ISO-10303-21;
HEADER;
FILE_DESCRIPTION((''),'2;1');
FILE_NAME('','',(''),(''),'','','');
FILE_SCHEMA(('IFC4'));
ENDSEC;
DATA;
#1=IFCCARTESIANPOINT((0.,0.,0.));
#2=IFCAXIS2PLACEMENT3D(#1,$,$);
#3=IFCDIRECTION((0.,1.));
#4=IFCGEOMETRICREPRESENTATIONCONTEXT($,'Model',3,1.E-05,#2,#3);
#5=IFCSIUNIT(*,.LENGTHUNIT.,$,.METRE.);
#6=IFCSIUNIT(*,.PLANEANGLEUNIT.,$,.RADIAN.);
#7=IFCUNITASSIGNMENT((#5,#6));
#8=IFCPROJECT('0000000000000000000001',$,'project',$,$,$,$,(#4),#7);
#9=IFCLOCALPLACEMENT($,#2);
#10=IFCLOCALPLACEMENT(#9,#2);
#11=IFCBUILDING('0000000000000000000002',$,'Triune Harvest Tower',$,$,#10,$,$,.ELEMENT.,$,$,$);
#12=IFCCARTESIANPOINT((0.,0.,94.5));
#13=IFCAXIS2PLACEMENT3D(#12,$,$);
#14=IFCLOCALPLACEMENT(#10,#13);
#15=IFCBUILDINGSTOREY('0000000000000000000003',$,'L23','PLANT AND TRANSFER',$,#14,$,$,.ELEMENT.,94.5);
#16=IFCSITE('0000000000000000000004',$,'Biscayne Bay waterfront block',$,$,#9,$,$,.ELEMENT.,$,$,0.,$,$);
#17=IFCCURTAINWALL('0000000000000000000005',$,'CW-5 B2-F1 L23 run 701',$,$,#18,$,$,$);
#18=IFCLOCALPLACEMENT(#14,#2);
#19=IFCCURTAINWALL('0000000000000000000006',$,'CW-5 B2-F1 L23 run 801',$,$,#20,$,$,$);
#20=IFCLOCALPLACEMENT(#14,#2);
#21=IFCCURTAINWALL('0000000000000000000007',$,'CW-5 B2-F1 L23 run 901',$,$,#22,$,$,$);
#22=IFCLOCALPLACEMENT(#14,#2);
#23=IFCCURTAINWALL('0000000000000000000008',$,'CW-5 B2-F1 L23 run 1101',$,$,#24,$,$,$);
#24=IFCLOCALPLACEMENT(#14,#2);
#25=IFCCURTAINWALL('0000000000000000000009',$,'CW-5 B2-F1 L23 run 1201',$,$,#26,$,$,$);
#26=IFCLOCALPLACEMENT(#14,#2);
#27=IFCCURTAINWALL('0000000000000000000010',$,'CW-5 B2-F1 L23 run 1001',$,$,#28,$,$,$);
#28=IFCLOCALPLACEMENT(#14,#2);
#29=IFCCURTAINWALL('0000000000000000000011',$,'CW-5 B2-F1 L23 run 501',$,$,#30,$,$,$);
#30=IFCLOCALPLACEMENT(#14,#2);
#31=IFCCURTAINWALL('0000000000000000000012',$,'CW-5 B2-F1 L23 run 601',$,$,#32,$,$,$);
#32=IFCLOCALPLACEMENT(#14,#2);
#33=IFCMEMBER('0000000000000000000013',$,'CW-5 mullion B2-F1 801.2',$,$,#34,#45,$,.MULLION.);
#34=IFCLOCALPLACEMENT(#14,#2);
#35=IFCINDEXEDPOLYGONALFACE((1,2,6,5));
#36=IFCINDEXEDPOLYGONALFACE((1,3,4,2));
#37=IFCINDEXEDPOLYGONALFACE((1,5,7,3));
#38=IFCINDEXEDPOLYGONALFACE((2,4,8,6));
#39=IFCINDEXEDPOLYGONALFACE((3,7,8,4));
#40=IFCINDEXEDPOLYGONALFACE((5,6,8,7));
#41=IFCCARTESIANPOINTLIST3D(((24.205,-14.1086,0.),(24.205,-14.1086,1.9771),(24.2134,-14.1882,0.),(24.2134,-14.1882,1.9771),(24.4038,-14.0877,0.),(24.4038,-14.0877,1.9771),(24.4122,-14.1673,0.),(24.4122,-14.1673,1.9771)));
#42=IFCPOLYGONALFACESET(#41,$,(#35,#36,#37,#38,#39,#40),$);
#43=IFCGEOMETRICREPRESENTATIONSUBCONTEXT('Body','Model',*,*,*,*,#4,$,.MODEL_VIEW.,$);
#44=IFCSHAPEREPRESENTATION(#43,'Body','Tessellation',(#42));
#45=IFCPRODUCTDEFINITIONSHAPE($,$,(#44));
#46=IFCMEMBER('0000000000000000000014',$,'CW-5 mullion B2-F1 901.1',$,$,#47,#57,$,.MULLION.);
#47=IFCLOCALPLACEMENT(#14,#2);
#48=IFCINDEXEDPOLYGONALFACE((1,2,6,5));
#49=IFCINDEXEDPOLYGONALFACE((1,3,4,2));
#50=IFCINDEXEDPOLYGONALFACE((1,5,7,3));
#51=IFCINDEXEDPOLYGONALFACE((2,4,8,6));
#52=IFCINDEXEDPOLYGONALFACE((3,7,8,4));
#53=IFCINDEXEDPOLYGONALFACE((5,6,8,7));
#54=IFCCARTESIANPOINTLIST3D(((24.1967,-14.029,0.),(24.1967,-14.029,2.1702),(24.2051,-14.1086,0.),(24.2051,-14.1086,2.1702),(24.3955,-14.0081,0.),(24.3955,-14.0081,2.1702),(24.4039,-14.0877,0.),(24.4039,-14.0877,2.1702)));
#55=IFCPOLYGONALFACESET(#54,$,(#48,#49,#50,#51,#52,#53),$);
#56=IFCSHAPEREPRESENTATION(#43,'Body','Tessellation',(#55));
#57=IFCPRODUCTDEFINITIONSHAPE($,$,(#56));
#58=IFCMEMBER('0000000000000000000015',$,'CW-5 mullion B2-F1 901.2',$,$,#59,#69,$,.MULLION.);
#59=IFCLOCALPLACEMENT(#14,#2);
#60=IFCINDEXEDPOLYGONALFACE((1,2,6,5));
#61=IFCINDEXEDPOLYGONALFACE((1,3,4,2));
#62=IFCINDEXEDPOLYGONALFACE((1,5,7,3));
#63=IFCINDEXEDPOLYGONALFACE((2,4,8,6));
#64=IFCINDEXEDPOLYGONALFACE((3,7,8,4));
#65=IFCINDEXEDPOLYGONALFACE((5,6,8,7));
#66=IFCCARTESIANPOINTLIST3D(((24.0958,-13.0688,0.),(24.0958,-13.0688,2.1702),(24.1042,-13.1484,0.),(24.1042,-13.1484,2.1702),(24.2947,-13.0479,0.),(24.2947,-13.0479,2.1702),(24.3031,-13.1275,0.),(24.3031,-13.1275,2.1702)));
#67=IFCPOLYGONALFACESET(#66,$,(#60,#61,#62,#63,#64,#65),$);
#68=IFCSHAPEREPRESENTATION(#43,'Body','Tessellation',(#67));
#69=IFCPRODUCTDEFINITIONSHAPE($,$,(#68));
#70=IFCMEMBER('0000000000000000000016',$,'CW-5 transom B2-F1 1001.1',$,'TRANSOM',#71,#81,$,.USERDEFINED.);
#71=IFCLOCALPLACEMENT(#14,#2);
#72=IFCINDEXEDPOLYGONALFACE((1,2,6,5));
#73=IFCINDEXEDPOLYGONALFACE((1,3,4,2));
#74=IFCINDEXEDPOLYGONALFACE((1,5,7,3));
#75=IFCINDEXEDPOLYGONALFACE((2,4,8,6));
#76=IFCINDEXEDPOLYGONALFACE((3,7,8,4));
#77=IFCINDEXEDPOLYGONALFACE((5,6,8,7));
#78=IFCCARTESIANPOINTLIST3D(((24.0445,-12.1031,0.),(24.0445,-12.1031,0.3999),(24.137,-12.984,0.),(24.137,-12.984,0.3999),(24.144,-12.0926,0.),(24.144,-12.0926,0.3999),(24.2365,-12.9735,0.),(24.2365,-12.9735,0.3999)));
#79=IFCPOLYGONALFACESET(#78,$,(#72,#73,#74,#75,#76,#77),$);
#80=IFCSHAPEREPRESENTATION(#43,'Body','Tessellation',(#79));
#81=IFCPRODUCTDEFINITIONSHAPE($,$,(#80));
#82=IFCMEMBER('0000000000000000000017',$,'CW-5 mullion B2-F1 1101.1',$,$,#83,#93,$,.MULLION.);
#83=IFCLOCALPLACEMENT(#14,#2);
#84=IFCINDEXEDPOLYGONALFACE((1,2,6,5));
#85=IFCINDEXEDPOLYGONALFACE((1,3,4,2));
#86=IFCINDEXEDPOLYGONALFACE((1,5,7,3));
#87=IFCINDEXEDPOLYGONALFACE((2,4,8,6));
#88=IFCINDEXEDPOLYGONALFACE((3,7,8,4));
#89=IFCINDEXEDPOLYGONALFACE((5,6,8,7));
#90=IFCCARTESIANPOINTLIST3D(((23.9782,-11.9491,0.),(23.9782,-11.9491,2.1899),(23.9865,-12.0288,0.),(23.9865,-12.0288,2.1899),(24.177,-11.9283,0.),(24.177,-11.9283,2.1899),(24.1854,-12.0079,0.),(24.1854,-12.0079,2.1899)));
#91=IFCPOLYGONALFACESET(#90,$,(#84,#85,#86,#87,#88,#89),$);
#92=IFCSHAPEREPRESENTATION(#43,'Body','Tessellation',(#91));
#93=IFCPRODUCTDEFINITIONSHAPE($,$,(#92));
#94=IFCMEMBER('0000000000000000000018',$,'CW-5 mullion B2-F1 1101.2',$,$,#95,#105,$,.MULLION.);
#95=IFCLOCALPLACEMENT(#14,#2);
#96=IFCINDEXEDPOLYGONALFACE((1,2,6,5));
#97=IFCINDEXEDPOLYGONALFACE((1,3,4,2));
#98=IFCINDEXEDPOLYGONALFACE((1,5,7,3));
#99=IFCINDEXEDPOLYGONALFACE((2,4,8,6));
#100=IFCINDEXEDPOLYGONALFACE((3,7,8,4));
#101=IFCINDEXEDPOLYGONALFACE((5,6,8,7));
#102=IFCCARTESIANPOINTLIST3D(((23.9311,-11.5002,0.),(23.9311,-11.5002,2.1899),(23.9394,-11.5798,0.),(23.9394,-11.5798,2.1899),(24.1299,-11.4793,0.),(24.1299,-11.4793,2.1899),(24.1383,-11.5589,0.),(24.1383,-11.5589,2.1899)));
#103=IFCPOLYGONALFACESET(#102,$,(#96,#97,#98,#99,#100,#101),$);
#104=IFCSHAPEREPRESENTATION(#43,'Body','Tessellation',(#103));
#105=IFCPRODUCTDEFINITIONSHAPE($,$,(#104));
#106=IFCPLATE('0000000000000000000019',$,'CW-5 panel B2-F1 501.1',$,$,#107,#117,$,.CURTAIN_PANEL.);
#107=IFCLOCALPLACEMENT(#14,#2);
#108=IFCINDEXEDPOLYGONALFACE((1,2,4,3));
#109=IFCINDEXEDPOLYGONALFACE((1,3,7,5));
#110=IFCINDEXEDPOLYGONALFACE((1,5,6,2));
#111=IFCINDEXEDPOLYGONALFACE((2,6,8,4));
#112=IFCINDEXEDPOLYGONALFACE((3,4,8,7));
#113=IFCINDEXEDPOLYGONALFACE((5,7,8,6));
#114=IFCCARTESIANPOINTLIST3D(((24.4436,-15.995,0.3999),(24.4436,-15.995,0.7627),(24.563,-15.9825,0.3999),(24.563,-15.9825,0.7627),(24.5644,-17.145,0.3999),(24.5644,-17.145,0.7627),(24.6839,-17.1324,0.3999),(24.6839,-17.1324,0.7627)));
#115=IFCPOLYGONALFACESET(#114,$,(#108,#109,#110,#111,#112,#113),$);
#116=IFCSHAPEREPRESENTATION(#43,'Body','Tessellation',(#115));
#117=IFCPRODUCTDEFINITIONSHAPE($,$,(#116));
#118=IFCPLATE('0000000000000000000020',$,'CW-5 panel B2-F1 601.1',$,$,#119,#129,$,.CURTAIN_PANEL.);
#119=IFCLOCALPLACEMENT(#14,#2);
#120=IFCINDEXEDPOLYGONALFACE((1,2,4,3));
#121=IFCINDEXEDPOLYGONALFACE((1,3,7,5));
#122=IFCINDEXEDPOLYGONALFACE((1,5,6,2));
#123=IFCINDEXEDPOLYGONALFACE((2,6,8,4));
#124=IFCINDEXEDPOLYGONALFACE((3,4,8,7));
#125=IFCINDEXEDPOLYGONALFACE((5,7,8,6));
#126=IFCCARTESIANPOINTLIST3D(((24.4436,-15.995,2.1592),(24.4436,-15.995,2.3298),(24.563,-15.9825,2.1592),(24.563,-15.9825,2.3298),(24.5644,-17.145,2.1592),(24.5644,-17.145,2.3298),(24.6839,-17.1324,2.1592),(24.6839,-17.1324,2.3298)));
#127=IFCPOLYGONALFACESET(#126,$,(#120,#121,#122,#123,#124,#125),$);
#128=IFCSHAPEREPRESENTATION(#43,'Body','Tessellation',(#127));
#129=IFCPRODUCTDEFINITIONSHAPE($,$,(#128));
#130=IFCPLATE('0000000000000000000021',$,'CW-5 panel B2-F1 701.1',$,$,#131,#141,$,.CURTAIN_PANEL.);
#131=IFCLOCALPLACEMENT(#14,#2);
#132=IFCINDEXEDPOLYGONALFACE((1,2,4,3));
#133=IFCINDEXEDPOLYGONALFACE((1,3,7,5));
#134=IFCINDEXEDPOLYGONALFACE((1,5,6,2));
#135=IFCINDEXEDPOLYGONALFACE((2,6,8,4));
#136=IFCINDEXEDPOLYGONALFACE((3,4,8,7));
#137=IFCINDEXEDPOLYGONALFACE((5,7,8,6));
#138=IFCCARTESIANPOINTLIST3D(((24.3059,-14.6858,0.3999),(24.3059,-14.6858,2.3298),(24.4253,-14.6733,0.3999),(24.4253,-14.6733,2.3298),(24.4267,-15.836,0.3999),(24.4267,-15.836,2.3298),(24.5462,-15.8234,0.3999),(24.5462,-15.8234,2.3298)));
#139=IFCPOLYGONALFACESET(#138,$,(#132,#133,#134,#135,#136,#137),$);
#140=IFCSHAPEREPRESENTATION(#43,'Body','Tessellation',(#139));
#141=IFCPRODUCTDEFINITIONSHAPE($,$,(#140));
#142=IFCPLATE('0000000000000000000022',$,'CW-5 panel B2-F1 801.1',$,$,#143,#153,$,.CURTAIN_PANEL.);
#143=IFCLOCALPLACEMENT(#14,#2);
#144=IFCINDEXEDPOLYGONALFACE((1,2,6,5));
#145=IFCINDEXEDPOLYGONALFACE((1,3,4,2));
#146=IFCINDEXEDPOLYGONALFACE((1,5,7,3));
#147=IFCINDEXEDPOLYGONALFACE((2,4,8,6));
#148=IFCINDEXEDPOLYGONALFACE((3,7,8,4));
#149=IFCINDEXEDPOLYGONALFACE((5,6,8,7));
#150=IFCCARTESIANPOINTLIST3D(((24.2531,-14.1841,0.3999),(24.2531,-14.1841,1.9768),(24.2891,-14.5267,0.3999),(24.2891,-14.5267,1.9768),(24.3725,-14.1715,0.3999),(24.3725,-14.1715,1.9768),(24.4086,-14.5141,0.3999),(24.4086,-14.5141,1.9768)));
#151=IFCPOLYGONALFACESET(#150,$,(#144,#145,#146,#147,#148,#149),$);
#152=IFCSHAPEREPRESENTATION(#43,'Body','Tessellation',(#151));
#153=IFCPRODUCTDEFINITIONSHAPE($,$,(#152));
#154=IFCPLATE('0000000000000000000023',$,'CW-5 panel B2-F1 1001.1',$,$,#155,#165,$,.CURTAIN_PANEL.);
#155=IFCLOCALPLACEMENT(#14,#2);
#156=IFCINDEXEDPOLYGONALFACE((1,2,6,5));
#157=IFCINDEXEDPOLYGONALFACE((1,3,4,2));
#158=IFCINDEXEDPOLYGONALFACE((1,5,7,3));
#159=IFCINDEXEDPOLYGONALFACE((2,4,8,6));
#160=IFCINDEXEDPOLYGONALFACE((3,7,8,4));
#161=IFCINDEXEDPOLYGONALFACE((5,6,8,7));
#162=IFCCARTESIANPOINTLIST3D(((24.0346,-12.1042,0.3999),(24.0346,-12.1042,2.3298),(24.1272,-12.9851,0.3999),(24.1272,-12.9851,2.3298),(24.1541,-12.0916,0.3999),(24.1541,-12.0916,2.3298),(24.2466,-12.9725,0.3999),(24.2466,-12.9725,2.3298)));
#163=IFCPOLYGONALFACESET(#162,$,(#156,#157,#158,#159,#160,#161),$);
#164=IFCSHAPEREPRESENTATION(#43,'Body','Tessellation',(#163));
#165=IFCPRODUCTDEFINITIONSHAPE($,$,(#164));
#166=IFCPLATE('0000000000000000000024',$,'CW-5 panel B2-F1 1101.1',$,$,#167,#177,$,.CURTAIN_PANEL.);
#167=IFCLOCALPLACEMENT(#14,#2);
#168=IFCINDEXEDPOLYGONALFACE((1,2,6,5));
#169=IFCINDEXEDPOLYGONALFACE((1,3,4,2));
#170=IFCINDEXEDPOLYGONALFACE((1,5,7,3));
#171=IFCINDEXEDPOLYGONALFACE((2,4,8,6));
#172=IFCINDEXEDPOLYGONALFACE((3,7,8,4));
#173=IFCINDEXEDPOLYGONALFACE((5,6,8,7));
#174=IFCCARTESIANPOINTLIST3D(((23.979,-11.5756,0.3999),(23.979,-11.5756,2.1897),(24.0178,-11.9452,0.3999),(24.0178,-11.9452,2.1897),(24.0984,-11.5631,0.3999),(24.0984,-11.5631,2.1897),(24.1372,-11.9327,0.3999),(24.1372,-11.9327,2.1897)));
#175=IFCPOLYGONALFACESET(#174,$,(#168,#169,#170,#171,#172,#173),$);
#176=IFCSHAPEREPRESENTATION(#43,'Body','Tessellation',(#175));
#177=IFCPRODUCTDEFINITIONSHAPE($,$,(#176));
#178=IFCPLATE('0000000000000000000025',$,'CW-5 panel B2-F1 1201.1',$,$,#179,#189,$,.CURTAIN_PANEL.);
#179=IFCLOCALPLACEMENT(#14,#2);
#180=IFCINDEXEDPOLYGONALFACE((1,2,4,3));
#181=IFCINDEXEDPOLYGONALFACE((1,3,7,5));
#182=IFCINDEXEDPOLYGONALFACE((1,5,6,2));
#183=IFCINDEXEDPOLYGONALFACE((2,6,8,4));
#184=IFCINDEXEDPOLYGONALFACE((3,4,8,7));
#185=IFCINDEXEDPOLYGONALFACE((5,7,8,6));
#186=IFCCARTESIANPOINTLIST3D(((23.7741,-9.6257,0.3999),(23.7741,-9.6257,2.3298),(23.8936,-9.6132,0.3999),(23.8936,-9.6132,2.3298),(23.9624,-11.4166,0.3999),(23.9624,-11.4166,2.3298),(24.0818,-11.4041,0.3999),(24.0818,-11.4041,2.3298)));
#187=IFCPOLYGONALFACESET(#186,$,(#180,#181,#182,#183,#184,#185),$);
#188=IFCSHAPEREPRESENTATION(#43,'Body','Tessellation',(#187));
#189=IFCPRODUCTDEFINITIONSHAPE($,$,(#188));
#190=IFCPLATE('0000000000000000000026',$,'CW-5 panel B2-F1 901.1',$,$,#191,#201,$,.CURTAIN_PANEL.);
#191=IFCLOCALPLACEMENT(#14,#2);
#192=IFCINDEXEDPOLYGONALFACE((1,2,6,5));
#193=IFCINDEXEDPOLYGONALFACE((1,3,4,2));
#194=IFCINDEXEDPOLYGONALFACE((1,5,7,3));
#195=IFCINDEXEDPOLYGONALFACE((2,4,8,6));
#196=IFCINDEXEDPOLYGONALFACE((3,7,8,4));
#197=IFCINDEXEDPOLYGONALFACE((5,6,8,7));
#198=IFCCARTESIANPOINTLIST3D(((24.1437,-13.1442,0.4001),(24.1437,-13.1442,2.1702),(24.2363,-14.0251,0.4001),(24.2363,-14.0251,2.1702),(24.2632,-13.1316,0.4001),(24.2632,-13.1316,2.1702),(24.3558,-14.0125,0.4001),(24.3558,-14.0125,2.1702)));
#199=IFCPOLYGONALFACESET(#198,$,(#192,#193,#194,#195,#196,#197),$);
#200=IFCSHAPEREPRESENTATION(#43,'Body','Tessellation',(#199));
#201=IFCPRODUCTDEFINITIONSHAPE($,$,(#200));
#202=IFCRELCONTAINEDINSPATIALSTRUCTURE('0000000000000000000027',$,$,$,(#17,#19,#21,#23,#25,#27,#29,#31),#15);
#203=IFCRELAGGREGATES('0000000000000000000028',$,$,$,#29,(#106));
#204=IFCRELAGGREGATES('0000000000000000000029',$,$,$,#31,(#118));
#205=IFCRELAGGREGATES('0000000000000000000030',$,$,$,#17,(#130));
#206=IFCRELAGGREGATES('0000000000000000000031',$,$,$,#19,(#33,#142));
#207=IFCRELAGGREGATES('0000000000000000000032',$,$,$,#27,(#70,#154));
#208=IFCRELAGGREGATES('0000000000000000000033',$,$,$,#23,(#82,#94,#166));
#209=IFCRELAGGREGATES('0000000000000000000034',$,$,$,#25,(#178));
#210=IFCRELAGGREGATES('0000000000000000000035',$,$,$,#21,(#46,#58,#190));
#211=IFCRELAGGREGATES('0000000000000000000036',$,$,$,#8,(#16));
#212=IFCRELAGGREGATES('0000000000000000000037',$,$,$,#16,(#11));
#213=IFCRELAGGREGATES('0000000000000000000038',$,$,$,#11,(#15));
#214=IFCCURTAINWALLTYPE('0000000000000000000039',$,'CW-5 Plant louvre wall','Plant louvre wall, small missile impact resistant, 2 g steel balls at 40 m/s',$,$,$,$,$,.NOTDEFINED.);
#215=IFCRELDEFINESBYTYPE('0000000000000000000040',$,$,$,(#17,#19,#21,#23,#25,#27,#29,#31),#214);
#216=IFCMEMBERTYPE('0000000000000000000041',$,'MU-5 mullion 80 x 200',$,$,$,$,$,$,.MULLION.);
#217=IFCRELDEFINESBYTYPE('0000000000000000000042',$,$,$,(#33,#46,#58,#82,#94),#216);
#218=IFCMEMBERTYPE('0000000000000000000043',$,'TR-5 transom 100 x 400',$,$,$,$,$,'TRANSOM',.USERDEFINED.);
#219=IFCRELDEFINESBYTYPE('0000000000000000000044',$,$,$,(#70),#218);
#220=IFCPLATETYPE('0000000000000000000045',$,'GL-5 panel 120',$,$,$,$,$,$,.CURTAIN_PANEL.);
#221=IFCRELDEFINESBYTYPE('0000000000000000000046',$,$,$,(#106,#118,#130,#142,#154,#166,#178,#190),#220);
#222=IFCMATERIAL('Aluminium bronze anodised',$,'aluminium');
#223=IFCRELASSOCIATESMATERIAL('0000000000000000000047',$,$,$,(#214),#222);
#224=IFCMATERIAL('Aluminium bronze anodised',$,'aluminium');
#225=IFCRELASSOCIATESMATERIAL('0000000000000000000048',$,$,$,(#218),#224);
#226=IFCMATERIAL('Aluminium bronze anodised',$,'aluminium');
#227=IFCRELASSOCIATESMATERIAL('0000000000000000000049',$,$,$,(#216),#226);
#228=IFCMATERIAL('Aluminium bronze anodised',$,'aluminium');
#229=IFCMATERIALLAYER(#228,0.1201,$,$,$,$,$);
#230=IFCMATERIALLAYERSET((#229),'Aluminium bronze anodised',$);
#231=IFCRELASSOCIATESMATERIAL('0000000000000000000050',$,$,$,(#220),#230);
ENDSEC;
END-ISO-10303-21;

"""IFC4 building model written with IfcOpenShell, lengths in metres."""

from ifc_helpers import new_model, si_unit, direction, frame, origin, origin_2d, place, context, subcontext, project, spatial, rectangle, extrude, source, transform, mapped, material, layer, layer_set, material_profile, profile_set, type_object, element, aggregate, save


model = new_model("IFC4")

# Units and contexts
model_context = context("Model", 3, precision=1e-05, world=origin(), true_north=direction((0.0, 1.0)))
body_context = subcontext(model_context, "Body", "Model", "MODEL_VIEW")
ifc_project = project(units=[si_unit("LENGTHUNIT", "METRE"), si_unit("PLANEANGLEUNIT", "RADIAN")], contexts=[model_context])

# Site, building, storey
site_placement = place(None, origin())
site = spatial("IfcSite", under=ifc_project, at=site_placement, Name="Biscayne Bay waterfront block", CompositionType="ELEMENT", RefElevation=0.0)
building_placement = place(site_placement, origin())
building = spatial("IfcBuilding", under=site, at=building_placement, Name="Triune Harvest Tower", CompositionType="ELEMENT")
storey_placement = place(building_placement, frame((0.0, 0.0, 94.5)))
storey = spatial("IfcBuildingStorey", under=building, at=storey_placement, Name="L23", Description="PLANT AND TRANSFER", CompositionType="ELEMENT", Elevation=94.5)

# Curtain walls
ifc_material_1 = material(Name="Aluminium bronze anodised", Category="aluminium")
curtain_wall_type = type_object("IfcCurtainWallType", Name="CW-5 Plant louvre wall", Description="Plant louvre wall, small missile impact resistant, 2 g steel balls at 40 m/s", PredefinedType="NOTDEFINED", material=ifc_material_1)
curtain_wall_1_placement = place(storey_placement, origin())
curtain_wall_1 = element("IfcCurtainWall", 1, at=curtain_wall_1_placement, inside=storey, type_object=curtain_wall_type, Name="CW-5 B2-F1 L23 run 701")
ifc_material_2 = material(Name="Aluminium bronze anodised", Category="aluminium")
ifc_material_profile_1 = material_profile(ifc_material_2, rectangle(XDim=0.1001, YDim=0.3999, at=origin_2d()), Name="TR-5 transom 100 x 400")
ifc_profile_set_1 = profile_set([ifc_material_profile_1], Name="Aluminium bronze anodised")
member_type_1 = type_object("IfcMemberType", Name="TR-5 transom 100 x 400", ElementType="TRANSOM", PredefinedType="USERDEFINED", material=ifc_profile_set_1)
curtain_wall_2_placement = place(storey_placement, origin())
curtain_wall_2 = element("IfcCurtainWall", 2, at=curtain_wall_2_placement, inside=storey, type_object=curtain_wall_type, Name="CW-5 B2-F1 L23 run 801")
curtain_wall_3_placement = place(storey_placement, origin())
curtain_wall_3 = element("IfcCurtainWall", 3, at=curtain_wall_3_placement, inside=storey, type_object=curtain_wall_type, Name="CW-5 B2-F1 L23 run 901")
curtain_wall_4_placement = place(storey_placement, origin())
curtain_wall_4 = element("IfcCurtainWall", 4, at=curtain_wall_4_placement, inside=storey, type_object=curtain_wall_type, Name="CW-5 B2-F1 L23 run 1101")
curtain_wall_5_placement = place(storey_placement, origin())
curtain_wall_5 = element("IfcCurtainWall", 5, at=curtain_wall_5_placement, inside=storey, type_object=curtain_wall_type, Name="CW-5 B2-F1 L23 run 1201")

# Shared definitions
ifc_material_3 = material(Name="Aluminium bronze anodised", Category="aluminium")
ifc_material_profile_2 = material_profile(ifc_material_3, rectangle(XDim=0.2, YDim=0.0801, at=origin_2d()), Name="MU-5 mullion 80 x 200")
ifc_profile_set_2 = profile_set([ifc_material_profile_2], Name="Aluminium bronze anodised")
member_type_2 = type_object("IfcMemberType", Name="MU-5 mullion 80 x 200", PredefinedType="MULLION", material=ifc_profile_set_2)

# Curtain wall
curtain_wall_6_placement = place(storey_placement, origin())
curtain_wall_6 = element("IfcCurtainWall", 6, at=curtain_wall_6_placement, inside=storey, type_object=curtain_wall_type, Name="CW-5 B2-F1 L23 run 1001")

# Curtain wall
curtain_wall_7_placement = place(storey_placement, origin())
curtain_wall_7 = element("IfcCurtainWall", 7, at=curtain_wall_7_placement, inside=storey, type_object=curtain_wall_type, Name="CW-5 B2-F1 L23 run 501")

# Curtain wall
curtain_wall_8_placement = place(storey_placement, origin())
curtain_wall_8 = element("IfcCurtainWall", 8, at=curtain_wall_8_placement, inside=storey, type_object=curtain_wall_type, Name="CW-5 B2-F1 L23 run 601")

# Members
shared_shape_1 = source(origin(), body_context, "Body", "SweptSolid", [
    extrude(rectangle(XDim=0.2, YDim=0.0801, at=origin_2d()), origin(), (0.0, 0.0, 1.0), 1.9771),
])
member_1_placement = place(storey_placement, frame((24.3086, -14.1379, 0.0), z_axis=(0.0, 0.0, 1.0), x_axis=(-0.99451, -0.104644, 0.0)))
member_1 = element("IfcMember", 9, at=member_1_placement, type_object=member_type_2, Name="CW-5 mullion B2-F1 801.2", PredefinedType="MULLION", context=body_context, shape_type="MappedRepresentation", body=[
    mapped(shared_shape_1, transform((0.0, 0.0, 0.0), scale=1.0)),
])
shared_shape_2 = source(origin(), body_context, "Body", "SweptSolid", [
    extrude(rectangle(XDim=0.2, YDim=0.0801, at=origin_2d()), origin(), (0.0, 0.0, 1.0), 2.1702),
])
member_2_placement = place(storey_placement, frame((24.3003, -14.0583, 0.0), z_axis=(0.0, 0.0, 1.0), x_axis=(-0.994522, -0.10453, 0.0)))
member_2 = element("IfcMember", 10, at=member_2_placement, type_object=member_type_2, Name="CW-5 mullion B2-F1 901.1", PredefinedType="MULLION", context=body_context, shape_type="MappedRepresentation", body=[
    mapped(shared_shape_2, transform((0.0, 0.0, 0.0), scale=1.0)),
])
member_3_placement = place(storey_placement, frame((24.1995, -13.0981, 0.0), z_axis=(0.0, 0.0, 1.0), x_axis=(-0.994522, -0.10453, 0.0)))
member_3 = element("IfcMember", 11, at=member_3_placement, type_object=member_type_2, Name="CW-5 mullion B2-F1 901.2", PredefinedType="MULLION", context=body_context, shape_type="MappedRepresentation", body=[
    mapped(shared_shape_2, transform((0.0, 0.0, 0.0), scale=1.0)),
])
shared_shape_3 = source(origin(), body_context, "Body", "SweptSolid", [
    extrude(rectangle(XDim=0.1001, YDim=0.3999, at=origin_2d()), origin(), (0.0, 0.0, 1.0), 0.8857),
])
member_4_placement = place(storey_placement, frame((24.1868, -12.9788, 0.2), z_axis=(-0.10447, 0.994528, 0.0), x_axis=(-0.994528, -0.10447, 0.0)))
member_4 = element("IfcMember", 12, at=member_4_placement, type_object=member_type_1, Name="CW-5 transom B2-F1 1001.1", ObjectType="TRANSOM", PredefinedType="USERDEFINED", context=body_context, shape_type="MappedRepresentation", body=[
    mapped(shared_shape_3, transform((0.0, 0.0, 0.0), scale=1.0)),
])
shared_shape_4 = source(origin(), body_context, "Body", "SweptSolid", [
    extrude(rectangle(XDim=0.2, YDim=0.0801, at=origin_2d()), origin(), (0.0, 0.0, 1.0), 2.1899),
])
member_5_placement = place(storey_placement, frame((24.0818, -11.9785, 0.0), z_axis=(0.0, 0.0, 1.0), x_axis=(-0.994533, -0.10442, 0.0)))
member_5 = element("IfcMember", 13, at=member_5_placement, type_object=member_type_2, Name="CW-5 mullion B2-F1 1101.1", PredefinedType="MULLION", context=body_context, shape_type="MappedRepresentation", body=[
    mapped(shared_shape_4, transform((0.0, 0.0, 0.0), scale=1.0)),
])
member_6_placement = place(storey_placement, frame((24.0347, -11.5295, 0.0), z_axis=(0.0, 0.0, 1.0), x_axis=(-0.994533, -0.10442, 0.0)))
member_6 = element("IfcMember", 14, at=member_6_placement, type_object=member_type_2, Name="CW-5 mullion B2-F1 1101.2", PredefinedType="MULLION", context=body_context, shape_type="MappedRepresentation", body=[
    mapped(shared_shape_4, transform((0.0, 0.0, 0.0), scale=1.0)),
])

# Plates
ifc_material_4 = material(Name="Aluminium bronze anodised", Category="aluminium")
ifc_layer = layer(ifc_material_4, 0.1201)
ifc_layer_set = layer_set([ifc_layer], Name="Aluminium bronze anodised")
plate_type = type_object("IfcPlateType", Name="GL-5 panel 120", PredefinedType="CURTAIN_PANEL", material=ifc_layer_set)
plate_1_placement = place(storey_placement, frame((24.5637, -16.5637, 0.3999), z_axis=(0.0, 0.0, 1.0), x_axis=(-0.104535, 0.994521, 0.0)))
plate_1 = element("IfcPlate", 15, at=plate_1_placement, type_object=plate_type, Name="CW-5 panel B2-F1 501.1", PredefinedType="CURTAIN_PANEL", context=body_context, shape_type="SweptSolid", body=[
    extrude(rectangle(XDim=1.1562, YDim=0.1201, at=origin_2d()), origin(), (0.0, 0.0, 1.0), 0.3628),
])
aggregate(curtain_wall_7, [plate_1])
plate_2_placement = place(storey_placement, frame((24.5637, -16.5637, 2.1592), z_axis=(0.0, 0.0, 1.0), x_axis=(-0.104535, 0.994521, 0.0)))
plate_2 = element("IfcPlate", 16, at=plate_2_placement, type_object=plate_type, Name="CW-5 panel B2-F1 601.1", PredefinedType="CURTAIN_PANEL", context=body_context, shape_type="SweptSolid", body=[
    extrude(rectangle(XDim=1.1562, YDim=0.1201, at=origin_2d()), origin(), (0.0, 0.0, 1.0), 0.1707),
])
aggregate(curtain_wall_8, [plate_2])
plate_3_placement = place(storey_placement, frame((24.426, -15.2546, 0.3999), z_axis=(0.0, 0.0, 1.0), x_axis=(-0.104527, 0.994522, 0.0)))
plate_3 = element("IfcPlate", 17, at=plate_3_placement, type_object=plate_type, Name="CW-5 panel B2-F1 701.1", PredefinedType="CURTAIN_PANEL", context=body_context, shape_type="SweptSolid", body=[
    extrude(rectangle(XDim=1.1565, YDim=0.1201, at=origin_2d()), origin(), (0.0, 0.0, 1.0), 1.9299),
])
aggregate(curtain_wall_1, [plate_3])
plate_4_placement = place(storey_placement, frame((24.3308, -14.3491, 0.3999), z_axis=(0.0, 0.0, 1.0), x_axis=(-0.104644, 0.99451, 0.0)))
plate_4 = element("IfcPlate", 18, at=plate_4_placement, type_object=plate_type, Name="CW-5 panel B2-F1 801.1", PredefinedType="CURTAIN_PANEL", context=body_context, shape_type="SweptSolid", body=[
    extrude(rectangle(XDim=0.3445, YDim=0.1201, at=origin_2d()), origin(), (0.0, 0.0, 1.0), 1.5769),
])
aggregate(curtain_wall_2, [member_1, plate_4])
plate_5_placement = place(storey_placement, frame((24.1406, -12.5383, 0.3999), z_axis=(0.0, 0.0, 1.0), x_axis=(-0.10453, 0.994522, 0.0)))
plate_5 = element("IfcPlate", 19, at=plate_5_placement, type_object=plate_type, Name="CW-5 panel B2-F1 1001.1", PredefinedType="CURTAIN_PANEL", context=body_context, shape_type="SweptSolid", body=[
    extrude(rectangle(XDim=0.8857, YDim=0.1201, at=origin_2d()), origin(), (0.0, 0.0, 1.0), 1.9299),
])
aggregate(curtain_wall_6, [member_4, plate_5])
plate_6_placement = place(storey_placement, frame((24.0581, -11.7542, 0.3999), z_axis=(0.0, 0.0, 1.0), x_axis=(-0.10442, 0.994533, 0.0)))
plate_6 = element("IfcPlate", 20, at=plate_6_placement, type_object=plate_type, Name="CW-5 panel B2-F1 1101.1", PredefinedType="CURTAIN_PANEL", context=body_context, shape_type="SweptSolid", body=[
    extrude(rectangle(XDim=0.3716, YDim=0.1201, at=origin_2d()), origin(), (0.0, 0.0, 1.0), 1.7898),
])
aggregate(curtain_wall_4, [member_5, member_6, plate_6])
plate_7_placement = place(storey_placement, frame((23.928, -10.5149, 0.3999), z_axis=(0.0, 0.0, 1.0), x_axis=(-0.104552, 0.994519, 0.0)))
plate_7 = element("IfcPlate", 21, at=plate_7_placement, type_object=plate_type, Name="CW-5 panel B2-F1 1201.1", PredefinedType="CURTAIN_PANEL", context=body_context, shape_type="SweptSolid", body=[
    extrude(rectangle(XDim=1.8008, YDim=0.1201, at=origin_2d()), origin(), (0.0, 0.0, 1.0), 1.9299),
])
aggregate(curtain_wall_5, [plate_7])
shared_shape_5 = source(origin(), body_context, "Body", "SweptSolid", [
    extrude(rectangle(XDim=0.8857, YDim=0.1201, at=origin_2d()), origin(), (0.0, 0.0, 1.0), 1.77),
])
plate_8_placement = place(storey_placement, frame((24.2498, -13.5784, 0.4001), z_axis=(0.0, 0.0, 1.0), x_axis=(-0.10453, 0.994522, 0.0)))
plate_8 = element("IfcPlate", 22, at=plate_8_placement, type_object=plate_type, Name="CW-5 panel B2-F1 901.1", PredefinedType="CURTAIN_PANEL", context=body_context, shape_type="MappedRepresentation", body=[
    mapped(shared_shape_5, transform((0.0, 0.0, 0.0), scale=1.0)),
])
aggregate(curtain_wall_3, [member_2, member_3, plate_8])

save(model, "model.ifc")
